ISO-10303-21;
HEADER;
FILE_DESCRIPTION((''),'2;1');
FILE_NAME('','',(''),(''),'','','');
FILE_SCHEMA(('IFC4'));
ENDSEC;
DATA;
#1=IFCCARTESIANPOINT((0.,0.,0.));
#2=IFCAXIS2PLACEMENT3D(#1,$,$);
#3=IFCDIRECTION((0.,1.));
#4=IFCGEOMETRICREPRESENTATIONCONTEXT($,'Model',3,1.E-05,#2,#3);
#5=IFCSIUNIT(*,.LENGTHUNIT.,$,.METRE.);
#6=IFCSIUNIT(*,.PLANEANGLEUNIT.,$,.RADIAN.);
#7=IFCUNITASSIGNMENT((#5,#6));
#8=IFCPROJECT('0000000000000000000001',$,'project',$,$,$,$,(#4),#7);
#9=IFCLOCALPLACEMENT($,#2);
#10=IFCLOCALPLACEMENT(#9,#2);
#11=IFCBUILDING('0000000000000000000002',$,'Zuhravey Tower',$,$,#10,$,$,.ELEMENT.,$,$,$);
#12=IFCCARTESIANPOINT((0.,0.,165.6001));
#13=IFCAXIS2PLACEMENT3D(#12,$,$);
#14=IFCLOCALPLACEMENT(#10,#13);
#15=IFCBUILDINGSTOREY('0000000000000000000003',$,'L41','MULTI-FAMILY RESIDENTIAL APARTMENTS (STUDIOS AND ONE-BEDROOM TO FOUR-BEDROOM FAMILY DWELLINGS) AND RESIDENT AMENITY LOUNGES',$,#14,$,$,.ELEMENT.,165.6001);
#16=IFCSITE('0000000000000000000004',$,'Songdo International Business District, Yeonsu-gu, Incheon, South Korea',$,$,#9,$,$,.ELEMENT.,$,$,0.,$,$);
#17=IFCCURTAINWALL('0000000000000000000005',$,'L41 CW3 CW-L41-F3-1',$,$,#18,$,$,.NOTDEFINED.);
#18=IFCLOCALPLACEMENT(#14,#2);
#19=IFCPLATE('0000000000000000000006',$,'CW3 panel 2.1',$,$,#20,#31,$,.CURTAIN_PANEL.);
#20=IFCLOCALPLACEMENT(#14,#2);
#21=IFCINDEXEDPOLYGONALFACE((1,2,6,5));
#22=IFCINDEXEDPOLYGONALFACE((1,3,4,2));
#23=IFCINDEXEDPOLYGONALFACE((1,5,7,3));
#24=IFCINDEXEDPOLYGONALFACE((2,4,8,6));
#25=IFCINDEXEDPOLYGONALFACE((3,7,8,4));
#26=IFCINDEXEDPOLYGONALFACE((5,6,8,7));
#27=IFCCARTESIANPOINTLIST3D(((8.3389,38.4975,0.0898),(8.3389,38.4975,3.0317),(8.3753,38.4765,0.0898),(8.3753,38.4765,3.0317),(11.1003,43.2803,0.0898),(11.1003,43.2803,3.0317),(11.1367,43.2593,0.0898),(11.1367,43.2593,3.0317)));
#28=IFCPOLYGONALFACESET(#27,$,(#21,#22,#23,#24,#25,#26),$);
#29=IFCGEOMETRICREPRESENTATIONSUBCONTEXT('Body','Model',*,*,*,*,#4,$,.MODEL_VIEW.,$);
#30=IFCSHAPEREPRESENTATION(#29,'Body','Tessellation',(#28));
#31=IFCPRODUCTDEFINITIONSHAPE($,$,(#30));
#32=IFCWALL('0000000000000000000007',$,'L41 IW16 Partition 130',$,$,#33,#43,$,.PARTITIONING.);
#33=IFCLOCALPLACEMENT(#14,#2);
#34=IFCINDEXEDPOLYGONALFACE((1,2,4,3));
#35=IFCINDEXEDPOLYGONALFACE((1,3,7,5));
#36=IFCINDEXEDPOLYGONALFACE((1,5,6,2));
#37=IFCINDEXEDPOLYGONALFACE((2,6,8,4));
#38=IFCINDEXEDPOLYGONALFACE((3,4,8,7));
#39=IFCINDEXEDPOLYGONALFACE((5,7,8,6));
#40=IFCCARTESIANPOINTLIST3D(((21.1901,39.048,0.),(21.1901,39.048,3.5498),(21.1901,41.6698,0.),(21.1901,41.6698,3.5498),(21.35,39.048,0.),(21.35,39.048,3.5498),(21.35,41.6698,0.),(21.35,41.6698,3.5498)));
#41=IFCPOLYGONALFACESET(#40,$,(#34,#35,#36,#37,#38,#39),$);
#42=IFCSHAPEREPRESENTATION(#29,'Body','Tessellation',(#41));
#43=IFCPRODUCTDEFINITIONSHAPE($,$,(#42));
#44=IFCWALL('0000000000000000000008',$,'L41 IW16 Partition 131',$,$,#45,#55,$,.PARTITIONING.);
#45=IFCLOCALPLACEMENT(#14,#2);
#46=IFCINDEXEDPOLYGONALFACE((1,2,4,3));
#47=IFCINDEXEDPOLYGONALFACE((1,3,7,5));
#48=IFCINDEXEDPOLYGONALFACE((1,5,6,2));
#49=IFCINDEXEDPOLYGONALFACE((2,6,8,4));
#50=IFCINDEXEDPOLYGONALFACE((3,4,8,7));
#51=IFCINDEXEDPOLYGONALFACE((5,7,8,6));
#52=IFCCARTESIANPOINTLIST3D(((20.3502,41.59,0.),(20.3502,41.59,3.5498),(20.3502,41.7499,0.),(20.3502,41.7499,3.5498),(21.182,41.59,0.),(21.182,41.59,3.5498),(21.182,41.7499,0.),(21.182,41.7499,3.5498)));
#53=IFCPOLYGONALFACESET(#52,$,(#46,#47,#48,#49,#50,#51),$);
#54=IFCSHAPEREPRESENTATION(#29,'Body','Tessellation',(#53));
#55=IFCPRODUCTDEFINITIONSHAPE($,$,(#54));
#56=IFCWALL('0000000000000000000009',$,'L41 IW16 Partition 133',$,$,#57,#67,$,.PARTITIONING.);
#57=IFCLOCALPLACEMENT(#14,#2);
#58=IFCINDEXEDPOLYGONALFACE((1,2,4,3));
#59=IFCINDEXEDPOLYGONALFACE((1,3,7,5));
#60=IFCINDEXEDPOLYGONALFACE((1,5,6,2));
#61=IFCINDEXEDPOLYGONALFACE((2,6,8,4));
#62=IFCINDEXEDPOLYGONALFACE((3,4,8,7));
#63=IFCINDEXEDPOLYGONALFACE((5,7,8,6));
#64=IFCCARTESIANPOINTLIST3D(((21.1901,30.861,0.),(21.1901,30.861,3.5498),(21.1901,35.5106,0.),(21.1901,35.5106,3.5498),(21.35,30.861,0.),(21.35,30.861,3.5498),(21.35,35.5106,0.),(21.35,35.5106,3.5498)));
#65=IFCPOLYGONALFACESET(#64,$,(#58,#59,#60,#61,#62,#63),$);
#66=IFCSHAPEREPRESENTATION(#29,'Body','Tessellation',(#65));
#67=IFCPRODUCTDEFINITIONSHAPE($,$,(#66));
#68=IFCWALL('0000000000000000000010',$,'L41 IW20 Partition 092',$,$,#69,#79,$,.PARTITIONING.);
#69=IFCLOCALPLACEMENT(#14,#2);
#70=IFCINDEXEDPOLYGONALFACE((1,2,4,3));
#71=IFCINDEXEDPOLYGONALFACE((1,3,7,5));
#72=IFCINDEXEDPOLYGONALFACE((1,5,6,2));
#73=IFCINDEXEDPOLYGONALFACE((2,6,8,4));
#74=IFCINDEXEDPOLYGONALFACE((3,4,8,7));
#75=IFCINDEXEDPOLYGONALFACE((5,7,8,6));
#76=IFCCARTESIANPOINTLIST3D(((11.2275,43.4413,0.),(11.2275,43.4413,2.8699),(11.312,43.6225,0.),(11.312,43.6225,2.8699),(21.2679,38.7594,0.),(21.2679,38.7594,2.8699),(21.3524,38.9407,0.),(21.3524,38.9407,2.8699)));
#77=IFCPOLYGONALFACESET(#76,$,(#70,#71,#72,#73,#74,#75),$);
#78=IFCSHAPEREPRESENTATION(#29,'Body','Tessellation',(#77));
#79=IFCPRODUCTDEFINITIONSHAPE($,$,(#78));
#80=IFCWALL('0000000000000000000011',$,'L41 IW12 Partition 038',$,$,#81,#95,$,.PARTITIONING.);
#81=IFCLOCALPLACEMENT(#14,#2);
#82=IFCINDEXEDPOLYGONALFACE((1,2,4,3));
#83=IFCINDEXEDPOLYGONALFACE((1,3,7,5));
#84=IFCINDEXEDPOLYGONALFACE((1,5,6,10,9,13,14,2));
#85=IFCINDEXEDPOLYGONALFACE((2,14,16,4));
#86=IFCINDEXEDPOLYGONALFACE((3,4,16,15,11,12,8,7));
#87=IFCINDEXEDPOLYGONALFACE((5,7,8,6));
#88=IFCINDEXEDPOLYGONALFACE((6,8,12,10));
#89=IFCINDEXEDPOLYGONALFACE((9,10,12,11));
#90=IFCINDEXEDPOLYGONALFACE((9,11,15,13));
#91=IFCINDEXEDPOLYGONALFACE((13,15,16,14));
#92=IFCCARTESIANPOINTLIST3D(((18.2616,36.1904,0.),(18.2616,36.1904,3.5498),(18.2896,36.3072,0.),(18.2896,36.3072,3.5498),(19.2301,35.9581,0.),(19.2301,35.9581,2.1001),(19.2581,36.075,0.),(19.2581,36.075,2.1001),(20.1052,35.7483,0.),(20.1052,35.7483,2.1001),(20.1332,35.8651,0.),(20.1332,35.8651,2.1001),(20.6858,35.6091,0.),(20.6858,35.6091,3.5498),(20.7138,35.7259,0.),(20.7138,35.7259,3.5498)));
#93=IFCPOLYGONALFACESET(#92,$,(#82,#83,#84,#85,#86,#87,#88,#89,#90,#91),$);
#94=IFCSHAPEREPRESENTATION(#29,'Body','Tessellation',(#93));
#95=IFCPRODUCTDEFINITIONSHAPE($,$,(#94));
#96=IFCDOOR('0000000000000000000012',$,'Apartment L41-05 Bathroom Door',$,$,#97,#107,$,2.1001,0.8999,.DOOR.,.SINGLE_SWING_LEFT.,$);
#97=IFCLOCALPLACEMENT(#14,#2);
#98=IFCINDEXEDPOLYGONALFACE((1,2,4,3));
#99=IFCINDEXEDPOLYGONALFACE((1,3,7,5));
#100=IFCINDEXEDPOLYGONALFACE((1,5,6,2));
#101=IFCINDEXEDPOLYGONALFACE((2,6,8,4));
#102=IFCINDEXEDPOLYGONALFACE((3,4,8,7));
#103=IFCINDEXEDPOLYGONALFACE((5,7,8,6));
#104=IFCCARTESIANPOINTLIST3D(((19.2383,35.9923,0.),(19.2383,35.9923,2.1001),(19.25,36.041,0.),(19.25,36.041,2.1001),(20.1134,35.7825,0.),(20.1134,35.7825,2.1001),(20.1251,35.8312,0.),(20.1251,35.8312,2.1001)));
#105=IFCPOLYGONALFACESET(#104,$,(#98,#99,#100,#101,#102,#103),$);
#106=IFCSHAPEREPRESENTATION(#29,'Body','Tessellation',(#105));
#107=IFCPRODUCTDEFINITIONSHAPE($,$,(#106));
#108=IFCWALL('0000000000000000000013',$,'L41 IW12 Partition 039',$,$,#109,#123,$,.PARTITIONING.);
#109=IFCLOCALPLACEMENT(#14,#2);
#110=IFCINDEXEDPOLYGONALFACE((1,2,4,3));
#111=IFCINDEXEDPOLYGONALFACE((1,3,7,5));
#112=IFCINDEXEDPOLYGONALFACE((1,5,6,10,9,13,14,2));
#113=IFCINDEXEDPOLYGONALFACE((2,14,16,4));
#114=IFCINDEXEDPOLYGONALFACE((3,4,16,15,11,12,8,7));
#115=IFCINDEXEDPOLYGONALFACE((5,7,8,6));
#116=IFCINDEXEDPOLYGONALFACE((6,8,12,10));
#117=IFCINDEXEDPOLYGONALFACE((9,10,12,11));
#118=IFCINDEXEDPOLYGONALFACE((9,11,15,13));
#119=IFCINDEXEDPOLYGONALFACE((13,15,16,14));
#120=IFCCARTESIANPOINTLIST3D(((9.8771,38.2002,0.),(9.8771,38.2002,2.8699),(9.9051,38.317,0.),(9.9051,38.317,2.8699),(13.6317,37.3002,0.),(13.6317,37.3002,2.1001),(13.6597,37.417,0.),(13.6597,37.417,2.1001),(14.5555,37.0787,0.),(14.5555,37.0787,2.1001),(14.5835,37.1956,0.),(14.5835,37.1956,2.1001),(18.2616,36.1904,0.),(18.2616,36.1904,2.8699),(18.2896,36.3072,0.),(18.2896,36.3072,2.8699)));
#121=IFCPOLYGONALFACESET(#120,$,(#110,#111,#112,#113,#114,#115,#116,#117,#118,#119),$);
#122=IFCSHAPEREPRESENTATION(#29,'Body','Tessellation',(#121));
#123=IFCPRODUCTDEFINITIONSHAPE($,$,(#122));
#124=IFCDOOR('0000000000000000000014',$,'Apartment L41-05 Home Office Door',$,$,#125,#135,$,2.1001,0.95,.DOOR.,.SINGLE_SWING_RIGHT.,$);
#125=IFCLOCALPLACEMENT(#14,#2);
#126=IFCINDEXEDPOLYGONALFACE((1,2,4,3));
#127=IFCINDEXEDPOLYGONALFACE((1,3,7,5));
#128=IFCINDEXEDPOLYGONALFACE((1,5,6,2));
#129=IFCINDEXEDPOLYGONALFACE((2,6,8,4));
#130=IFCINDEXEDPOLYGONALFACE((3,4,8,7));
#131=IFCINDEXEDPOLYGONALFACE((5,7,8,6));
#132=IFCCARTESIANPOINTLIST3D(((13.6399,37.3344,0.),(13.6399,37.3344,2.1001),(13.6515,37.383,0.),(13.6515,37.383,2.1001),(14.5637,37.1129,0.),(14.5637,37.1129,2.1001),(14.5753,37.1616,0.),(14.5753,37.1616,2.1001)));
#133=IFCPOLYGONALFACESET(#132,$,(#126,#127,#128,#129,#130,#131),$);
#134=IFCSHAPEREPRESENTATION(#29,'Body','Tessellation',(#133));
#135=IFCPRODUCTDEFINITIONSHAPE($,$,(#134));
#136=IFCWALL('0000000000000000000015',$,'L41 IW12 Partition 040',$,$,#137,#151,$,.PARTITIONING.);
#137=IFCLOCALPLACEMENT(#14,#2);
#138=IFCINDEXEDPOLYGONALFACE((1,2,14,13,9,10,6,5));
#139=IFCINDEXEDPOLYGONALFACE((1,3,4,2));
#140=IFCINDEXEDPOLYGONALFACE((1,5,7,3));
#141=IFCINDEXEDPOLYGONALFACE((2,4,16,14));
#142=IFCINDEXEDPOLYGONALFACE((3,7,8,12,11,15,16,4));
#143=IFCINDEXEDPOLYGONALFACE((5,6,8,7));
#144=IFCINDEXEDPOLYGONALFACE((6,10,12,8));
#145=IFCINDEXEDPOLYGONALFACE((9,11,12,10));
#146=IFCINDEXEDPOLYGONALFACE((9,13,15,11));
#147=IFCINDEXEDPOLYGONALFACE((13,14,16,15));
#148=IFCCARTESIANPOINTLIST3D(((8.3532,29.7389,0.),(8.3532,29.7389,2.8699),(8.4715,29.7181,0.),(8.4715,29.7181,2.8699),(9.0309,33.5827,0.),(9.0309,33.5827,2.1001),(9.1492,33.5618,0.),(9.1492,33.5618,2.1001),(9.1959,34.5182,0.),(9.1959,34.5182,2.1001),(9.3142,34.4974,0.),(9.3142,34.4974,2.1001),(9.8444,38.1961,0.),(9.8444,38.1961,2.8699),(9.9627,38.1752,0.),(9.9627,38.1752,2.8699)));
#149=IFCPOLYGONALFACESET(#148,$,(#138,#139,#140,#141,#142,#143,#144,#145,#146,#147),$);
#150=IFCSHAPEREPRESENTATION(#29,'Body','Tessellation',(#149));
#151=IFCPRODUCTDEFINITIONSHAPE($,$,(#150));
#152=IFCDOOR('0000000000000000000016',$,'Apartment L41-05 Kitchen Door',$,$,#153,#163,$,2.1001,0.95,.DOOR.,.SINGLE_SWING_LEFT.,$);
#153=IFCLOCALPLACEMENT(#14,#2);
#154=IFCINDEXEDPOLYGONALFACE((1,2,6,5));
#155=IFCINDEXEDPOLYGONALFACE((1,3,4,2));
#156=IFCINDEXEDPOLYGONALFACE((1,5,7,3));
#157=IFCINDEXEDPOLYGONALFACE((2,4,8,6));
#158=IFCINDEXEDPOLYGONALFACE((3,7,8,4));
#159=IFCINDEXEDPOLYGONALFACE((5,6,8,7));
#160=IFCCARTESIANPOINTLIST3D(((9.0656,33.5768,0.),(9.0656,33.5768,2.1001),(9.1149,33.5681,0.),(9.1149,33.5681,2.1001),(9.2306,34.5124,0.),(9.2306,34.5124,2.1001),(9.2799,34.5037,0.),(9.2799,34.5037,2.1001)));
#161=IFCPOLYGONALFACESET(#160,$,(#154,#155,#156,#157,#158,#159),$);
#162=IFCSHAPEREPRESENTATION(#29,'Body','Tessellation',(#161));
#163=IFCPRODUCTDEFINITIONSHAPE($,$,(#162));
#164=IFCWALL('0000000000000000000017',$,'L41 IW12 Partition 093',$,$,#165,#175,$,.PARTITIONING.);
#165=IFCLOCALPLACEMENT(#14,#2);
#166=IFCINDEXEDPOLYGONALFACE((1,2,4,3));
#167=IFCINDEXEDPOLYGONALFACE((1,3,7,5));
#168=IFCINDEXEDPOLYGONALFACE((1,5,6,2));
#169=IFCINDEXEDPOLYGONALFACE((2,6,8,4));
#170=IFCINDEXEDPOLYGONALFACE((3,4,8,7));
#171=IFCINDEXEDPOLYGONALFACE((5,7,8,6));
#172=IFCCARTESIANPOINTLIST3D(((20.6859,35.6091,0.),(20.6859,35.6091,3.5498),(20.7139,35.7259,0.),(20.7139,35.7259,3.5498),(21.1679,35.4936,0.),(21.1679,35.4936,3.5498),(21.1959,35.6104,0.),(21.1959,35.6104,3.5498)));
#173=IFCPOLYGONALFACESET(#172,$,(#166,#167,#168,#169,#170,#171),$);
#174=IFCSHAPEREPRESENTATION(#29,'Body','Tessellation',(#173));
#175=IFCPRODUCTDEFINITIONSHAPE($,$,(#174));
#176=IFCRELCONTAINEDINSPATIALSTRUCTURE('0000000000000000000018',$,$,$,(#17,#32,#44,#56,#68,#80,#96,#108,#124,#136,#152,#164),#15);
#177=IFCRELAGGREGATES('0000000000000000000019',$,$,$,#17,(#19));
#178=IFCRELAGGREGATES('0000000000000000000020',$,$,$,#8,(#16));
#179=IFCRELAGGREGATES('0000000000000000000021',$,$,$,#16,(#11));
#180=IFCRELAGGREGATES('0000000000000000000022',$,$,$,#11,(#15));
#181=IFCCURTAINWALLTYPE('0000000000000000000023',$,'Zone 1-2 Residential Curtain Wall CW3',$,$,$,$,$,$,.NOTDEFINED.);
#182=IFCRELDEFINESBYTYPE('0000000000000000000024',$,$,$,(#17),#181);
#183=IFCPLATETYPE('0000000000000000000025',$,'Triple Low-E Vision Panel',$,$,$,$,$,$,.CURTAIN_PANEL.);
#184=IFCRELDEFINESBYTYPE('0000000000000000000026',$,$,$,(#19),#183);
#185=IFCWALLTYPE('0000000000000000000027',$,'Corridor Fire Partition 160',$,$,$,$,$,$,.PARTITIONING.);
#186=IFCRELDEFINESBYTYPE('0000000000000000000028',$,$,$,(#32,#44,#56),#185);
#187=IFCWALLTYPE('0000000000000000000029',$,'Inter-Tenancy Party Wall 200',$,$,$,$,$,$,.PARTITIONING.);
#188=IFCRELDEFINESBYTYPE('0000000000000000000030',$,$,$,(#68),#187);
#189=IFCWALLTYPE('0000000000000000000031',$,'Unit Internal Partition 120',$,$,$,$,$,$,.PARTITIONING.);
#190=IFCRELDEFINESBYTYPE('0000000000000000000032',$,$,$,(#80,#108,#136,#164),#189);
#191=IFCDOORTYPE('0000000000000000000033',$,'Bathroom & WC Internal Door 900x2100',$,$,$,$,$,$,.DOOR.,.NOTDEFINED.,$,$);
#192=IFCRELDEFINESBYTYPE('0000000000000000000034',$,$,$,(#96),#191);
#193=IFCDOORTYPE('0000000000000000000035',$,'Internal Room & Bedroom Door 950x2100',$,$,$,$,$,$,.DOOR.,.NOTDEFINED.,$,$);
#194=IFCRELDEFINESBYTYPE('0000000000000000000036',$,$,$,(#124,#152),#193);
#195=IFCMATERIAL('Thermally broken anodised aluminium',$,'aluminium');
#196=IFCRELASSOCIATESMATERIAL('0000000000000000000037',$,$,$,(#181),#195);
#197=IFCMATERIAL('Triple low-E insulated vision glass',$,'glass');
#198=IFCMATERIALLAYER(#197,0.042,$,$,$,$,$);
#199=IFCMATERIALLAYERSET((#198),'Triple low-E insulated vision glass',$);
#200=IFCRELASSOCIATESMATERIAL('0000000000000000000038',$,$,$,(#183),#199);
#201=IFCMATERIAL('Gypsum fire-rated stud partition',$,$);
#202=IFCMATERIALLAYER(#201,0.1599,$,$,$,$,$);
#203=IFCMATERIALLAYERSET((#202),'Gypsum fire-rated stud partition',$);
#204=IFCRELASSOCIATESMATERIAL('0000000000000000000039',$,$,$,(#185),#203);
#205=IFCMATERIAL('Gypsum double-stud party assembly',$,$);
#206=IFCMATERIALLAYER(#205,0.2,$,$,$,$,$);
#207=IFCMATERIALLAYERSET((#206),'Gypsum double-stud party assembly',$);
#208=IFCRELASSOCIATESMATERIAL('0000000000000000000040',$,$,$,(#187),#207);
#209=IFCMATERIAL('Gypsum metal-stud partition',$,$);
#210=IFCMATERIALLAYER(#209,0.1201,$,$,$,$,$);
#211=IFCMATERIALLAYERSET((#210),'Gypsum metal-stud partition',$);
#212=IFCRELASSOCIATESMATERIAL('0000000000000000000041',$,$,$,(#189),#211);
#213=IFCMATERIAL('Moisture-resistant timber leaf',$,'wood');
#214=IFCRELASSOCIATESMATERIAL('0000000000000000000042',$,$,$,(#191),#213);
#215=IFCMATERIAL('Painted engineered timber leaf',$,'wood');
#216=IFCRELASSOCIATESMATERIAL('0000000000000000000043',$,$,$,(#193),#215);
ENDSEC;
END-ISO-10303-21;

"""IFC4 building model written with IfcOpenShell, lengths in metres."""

from ifc_helpers import new_model, si_unit, direction, frame, frame_2d, origin, origin_2d, place, context, subcontext, project, spatial, rectangle, extrude, material, layer, layer_set, type_object, element, fill, aggregate, save


model = new_model("IFC4")

# Units and contexts
model_context = context("Model", 3, precision=1e-05, world=origin(), true_north=direction((0.0, 1.0)))
body_context = subcontext(model_context, "Body", "Model", "MODEL_VIEW")
ifc_project = project(units=[si_unit("LENGTHUNIT", "METRE"), si_unit("PLANEANGLEUNIT", "RADIAN")], contexts=[model_context])

# Site, building, storey
site_placement = place(None, origin())
site = spatial("IfcSite", under=ifc_project, at=site_placement, Name="Songdo International Business District, Yeonsu-gu, Incheon, South Korea", CompositionType="ELEMENT", RefElevation=0.0)
building_placement = place(site_placement, origin())
building = spatial("IfcBuilding", under=site, at=building_placement, Name="Zuhravey Tower", CompositionType="ELEMENT")
storey_placement = place(building_placement, frame((0.0, 0.0, 165.6001)))
storey = spatial("IfcBuildingStorey", under=building, at=storey_placement, Name="L41", Description="MULTI-FAMILY RESIDENTIAL APARTMENTS (STUDIOS AND ONE-BEDROOM TO FOUR-BEDROOM FAMILY DWELLINGS) AND RESIDENT AMENITY LOUNGES", CompositionType="ELEMENT", Elevation=165.6001)

# Curtain wall
ifc_material_1 = material(Name="Thermally broken anodised aluminium", Category="aluminium")
curtain_wall_type = type_object("IfcCurtainWallType", Name="Zone 1-2 Residential Curtain Wall CW3", PredefinedType="NOTDEFINED", material=ifc_material_1)
curtain_wall_placement = place(storey_placement, origin())
curtain_wall = element("IfcCurtainWall", 1, at=curtain_wall_placement, inside=storey, type_object=curtain_wall_type, Name="L41 CW3 CW-L41-F3-1", PredefinedType="NOTDEFINED")

# Plate
ifc_material_2 = material(Name="Triple low-E insulated vision glass", Category="glass")
ifc_layer_1 = layer(ifc_material_2, 0.042)
ifc_layer_set_1 = layer_set([ifc_layer_1], Name="Triple low-E insulated vision glass")
plate_type = type_object("IfcPlateType", Name="Triple Low-E Vision Panel", PredefinedType="CURTAIN_PANEL", material=ifc_layer_set_1)
plate_1_placement = place(storey_placement, frame((9.7378, 40.8784, 0.0898), z_axis=(0.0, 0.0, 1.0), x_axis=(0.500003, 0.866023, 0.0)))
plate_1 = element("IfcPlate", 2, at=plate_1_placement, type_object=plate_type, Name="CW3 panel 2.1", PredefinedType="CURTAIN_PANEL", context=body_context, shape_type="SweptSolid", body=[
    extrude(rectangle(XDim=5.5227, YDim=0.042, at=origin_2d()), origin(), (0.0, 0.0, 1.0), 2.9419),
])
aggregate(curtain_wall, [plate_1])

# Shared definitions
ifc_material_3 = material(Name="Gypsum fire-rated stud partition")
ifc_layer_2 = layer(ifc_material_3, 0.1599)
ifc_layer_set_2 = layer_set([ifc_layer_2], Name="Gypsum fire-rated stud partition")
wall_type_1 = type_object("IfcWallType", Name="Corridor Fire Partition 160", PredefinedType="PARTITIONING", material=ifc_layer_set_2)

# Walls
wall_1_placement = place(storey_placement, frame((21.27, 41.6699, 0.0), z_axis=(0.0, 0.0, 1.0), x_axis=(0.0, -1.0, 0.0)))
element("IfcWall", 3, at=wall_1_placement, inside=storey, type_object=wall_type_1, Name="L41 IW16 Partition 130", PredefinedType="PARTITIONING", context=body_context, shape_type="SweptSolid", body=[
    extrude(rectangle(XDim=2.6218, YDim=0.1599, at=frame_2d((1.311, 0.0))), origin(), (0.0, 0.0, 1.0), 3.5498),
])
wall_2_placement = place(storey_placement, frame((20.3501, 41.6699, 0.0), z_axis=(0.0, 0.0, 1.0), x_axis=(1.0, 0.0, 0.0)))
element("IfcWall", 4, at=wall_2_placement, inside=storey, type_object=wall_type_1, Name="L41 IW16 Partition 131", PredefinedType="PARTITIONING", context=body_context, shape_type="SweptSolid", body=[
    extrude(rectangle(XDim=0.8318, YDim=0.1599, at=frame_2d((0.416, 0.0))), origin(), (0.0, 0.0, 1.0), 3.5498),
])
wall_3_placement = place(storey_placement, frame((21.27, 35.5105, 0.0), z_axis=(0.0, 0.0, 1.0), x_axis=(0.0, -1.0, 0.0)))
element("IfcWall", 5, at=wall_3_placement, inside=storey, type_object=wall_type_1, Name="L41 IW16 Partition 133", PredefinedType="PARTITIONING", context=body_context, shape_type="SweptSolid", body=[
    extrude(rectangle(XDim=4.6497, YDim=0.1599, at=frame_2d((2.3247, 0.0))), origin(), (0.0, 0.0, 1.0), 3.5498),
])
ifc_material_4 = material(Name="Gypsum double-stud party assembly")
ifc_layer_3 = layer(ifc_material_4, 0.2)
ifc_layer_set_3 = layer_set([ifc_layer_3], Name="Gypsum double-stud party assembly")
wall_type_2 = type_object("IfcWallType", Name="Inter-Tenancy Party Wall 200", PredefinedType="PARTITIONING", material=ifc_layer_set_3)
wall_4_placement = place(storey_placement, frame((21.3101, 38.8501, 0.0), z_axis=(0.0, 0.0, 1.0), x_axis=(-0.906311, 0.422612, 0.0)))
element("IfcWall", 6, at=wall_4_placement, inside=storey, type_object=wall_type_2, Name="L41 IW20 Partition 092", PredefinedType="PARTITIONING", context=body_context, shape_type="SweptSolid", body=[
    extrude(rectangle(XDim=11.0784, YDim=0.2, at=frame_2d((5.5391, 0.0))), origin(), (0.0, 0.0, 1.0), 2.8699),
])

# Walls, openings, doors
ifc_material_5 = material(Name="Gypsum metal-stud partition")
ifc_layer_4 = layer(ifc_material_5, 0.1201)
ifc_layer_set_4 = layer_set([ifc_layer_4], Name="Gypsum metal-stud partition")
wall_type_3 = type_object("IfcWallType", Name="Unit Internal Partition 120", PredefinedType="PARTITIONING", material=ifc_layer_set_4)
wall_5_placement = place(storey_placement, frame((20.7, 35.6675, 0.0), z_axis=(0.0, 0.0, 1.0), x_axis=(-0.972436, 0.233169, 0.0)))
wall_5 = element("IfcWall", 7, at=wall_5_placement, inside=storey, type_object=wall_type_3, Name="L41 IW12 Partition 038", PredefinedType="PARTITIONING", context=body_context, shape_type="SweptSolid", body=[
    extrude(rectangle(XDim=2.4929, YDim=0.1201, at=frame_2d((1.2466, 0.0))), origin(), (0.0, 0.0, 1.0), 3.5498),
])
opening_1_placement = place(wall_5_placement, frame((0.5972, 0.0, 0.0)))
opening_1 = element("IfcOpeningElement", 8, at=opening_1_placement, cuts=wall_5, PredefinedType="OPENING", context=body_context, shape_type="SweptSolid", body=[
    extrude(rectangle(XDim=0.8999, YDim=2.1001, at=frame_2d((0.45, 1.05))), frame((0.0, 0.072, 0.0), z_axis=(0.0, -1.0, 0.0), x_axis=(1.0, 0.0, 0.0)), (0.0, 0.0, 1.0), 0.144),
])
ifc_material_6 = material(Name="Moisture-resistant timber leaf", Category="wood")
door_type_1 = type_object("IfcDoorType", Name="Bathroom & WC Internal Door 900x2100", OperationType="NOTDEFINED", PredefinedType="DOOR", material=ifc_material_6)
door_1_placement = place(opening_1_placement, origin())
door_1 = element("IfcDoor", 9, at=door_1_placement, inside=storey, type_object=door_type_1, Name="Apartment L41-05 Bathroom Door", OperationType="SINGLE_SWING_LEFT", OverallHeight=2.1001, OverallWidth=0.8999, PredefinedType="DOOR", context=body_context, shape_type="SweptSolid", body=[
    extrude(rectangle(XDim=0.8999, YDim=2.1001, at=frame_2d((0.45, 1.05))), frame((0.0, 0.0249, 0.0), z_axis=(0.0, -1.0, 0.0), x_axis=(1.0, 0.0, 0.0)), (0.0, 0.0, 1.0), 0.05),
])
fill(opening_1, door_1)
wall_6_placement = place(storey_placement, frame((18.2756, 36.2488, 0.0), z_axis=(0.0, 0.0, 1.0), x_axis=(-0.972454, 0.233097, 0.0)))
wall_6 = element("IfcWall", 10, at=wall_6_placement, inside=storey, type_object=wall_type_3, Name="L41 IW12 Partition 039", PredefinedType="PARTITIONING", context=body_context, shape_type="SweptSolid", body=[
    extrude(rectangle(XDim=8.6221, YDim=0.1201, at=frame_2d((4.311, 0.0))), origin(), (0.0, 0.0, 1.0), 2.8699),
])
opening_2_placement = place(wall_6_placement, frame((3.811, 0.0, 0.0)))
opening_2 = element("IfcOpeningElement", 11, at=opening_2_placement, cuts=wall_6, PredefinedType="OPENING", context=body_context, shape_type="SweptSolid", body=[
    extrude(rectangle(XDim=0.95, YDim=2.1001, at=frame_2d((0.4751, 1.05))), frame((0.0, 0.072, 0.0), z_axis=(0.0, -1.0, 0.0), x_axis=(1.0, 0.0, 0.0)), (0.0, 0.0, 1.0), 0.144),
])
ifc_material_7 = material(Name="Painted engineered timber leaf", Category="wood")
door_type_2 = type_object("IfcDoorType", Name="Internal Room & Bedroom Door 950x2100", OperationType="NOTDEFINED", PredefinedType="DOOR", material=ifc_material_7)
door_2_placement = place(opening_2_placement, origin())
door_2 = element("IfcDoor", 12, at=door_2_placement, inside=storey, type_object=door_type_2, Name="Apartment L41-05 Home Office Door", OperationType="SINGLE_SWING_RIGHT", OverallHeight=2.1001, OverallWidth=0.95, PredefinedType="DOOR", context=body_context, shape_type="SweptSolid", body=[
    extrude(rectangle(XDim=0.95, YDim=2.1001, at=frame_2d((0.4751, 1.05))), frame((0.0, 0.0249, 0.0), z_axis=(0.0, -1.0, 0.0), x_axis=(1.0, 0.0, 0.0)), (0.0, 0.0, 1.0), 0.05),
])
fill(opening_2, door_2)
wall_7_placement = place(storey_placement, frame((9.9036, 38.1858, 0.0), z_axis=(0.0, 0.0, 1.0), x_axis=(-0.173644, -0.984808, 0.0)))
wall_7 = element("IfcWall", 13, at=wall_7_placement, inside=storey, type_object=wall_type_3, Name="L41 IW12 Partition 040", PredefinedType="PARTITIONING", context=body_context, shape_type="SweptSolid", body=[
    extrude(rectangle(XDim=8.5876, YDim=0.1201, at=frame_2d((4.2939, 0.0))), origin(), (0.0, 0.0, 1.0), 2.8699),
])
opening_3_placement = place(wall_7_placement, frame((3.7346, 0.0, 0.0)))
opening_3 = element("IfcOpeningElement", 14, at=opening_3_placement, cuts=wall_7, PredefinedType="OPENING", context=body_context, shape_type="SweptSolid", body=[
    extrude(rectangle(XDim=0.95, YDim=2.1001, at=frame_2d((0.4751, 1.05))), frame((0.0, 0.072, 0.0), z_axis=(0.0, -1.0, 0.0), x_axis=(1.0, 0.0, 0.0)), (0.0, 0.0, 1.0), 0.144),
])
door_3_placement = place(opening_3_placement, frame((0.95, 0.0, 0.0), z_axis=(0.0, 0.0, 1.0), x_axis=(-1.0, 0.0, 0.0)))
door_3 = element("IfcDoor", 15, at=door_3_placement, inside=storey, type_object=door_type_2, Name="Apartment L41-05 Kitchen Door", OperationType="SINGLE_SWING_LEFT", OverallHeight=2.1001, OverallWidth=0.95, PredefinedType="DOOR", context=body_context, shape_type="SweptSolid", body=[
    extrude(rectangle(XDim=0.95, YDim=2.1001, at=frame_2d((0.4751, 1.05))), frame((0.0, 0.0249, 0.0), z_axis=(0.0, -1.0, 0.0), x_axis=(1.0, 0.0, 0.0)), (0.0, 0.0, 1.0), 0.05),
])
fill(opening_3, door_3)

# Wall
wall_8_placement = place(storey_placement, frame((21.1819, 35.552, 0.0), z_axis=(0.0, 0.0, 1.0), x_axis=(-0.972472, 0.233019, 0.0)))
element("IfcWall", 16, at=wall_8_placement, inside=storey, type_object=wall_type_3, Name="L41 IW12 Partition 093", PredefinedType="PARTITIONING", context=body_context, shape_type="SweptSolid", body=[
    extrude(rectangle(XDim=0.4956, YDim=0.1201, at=frame_2d((0.2478, 0.0))), origin(), (0.0, 0.0, 1.0), 3.5498),
])

save(model, "model.ifc")
